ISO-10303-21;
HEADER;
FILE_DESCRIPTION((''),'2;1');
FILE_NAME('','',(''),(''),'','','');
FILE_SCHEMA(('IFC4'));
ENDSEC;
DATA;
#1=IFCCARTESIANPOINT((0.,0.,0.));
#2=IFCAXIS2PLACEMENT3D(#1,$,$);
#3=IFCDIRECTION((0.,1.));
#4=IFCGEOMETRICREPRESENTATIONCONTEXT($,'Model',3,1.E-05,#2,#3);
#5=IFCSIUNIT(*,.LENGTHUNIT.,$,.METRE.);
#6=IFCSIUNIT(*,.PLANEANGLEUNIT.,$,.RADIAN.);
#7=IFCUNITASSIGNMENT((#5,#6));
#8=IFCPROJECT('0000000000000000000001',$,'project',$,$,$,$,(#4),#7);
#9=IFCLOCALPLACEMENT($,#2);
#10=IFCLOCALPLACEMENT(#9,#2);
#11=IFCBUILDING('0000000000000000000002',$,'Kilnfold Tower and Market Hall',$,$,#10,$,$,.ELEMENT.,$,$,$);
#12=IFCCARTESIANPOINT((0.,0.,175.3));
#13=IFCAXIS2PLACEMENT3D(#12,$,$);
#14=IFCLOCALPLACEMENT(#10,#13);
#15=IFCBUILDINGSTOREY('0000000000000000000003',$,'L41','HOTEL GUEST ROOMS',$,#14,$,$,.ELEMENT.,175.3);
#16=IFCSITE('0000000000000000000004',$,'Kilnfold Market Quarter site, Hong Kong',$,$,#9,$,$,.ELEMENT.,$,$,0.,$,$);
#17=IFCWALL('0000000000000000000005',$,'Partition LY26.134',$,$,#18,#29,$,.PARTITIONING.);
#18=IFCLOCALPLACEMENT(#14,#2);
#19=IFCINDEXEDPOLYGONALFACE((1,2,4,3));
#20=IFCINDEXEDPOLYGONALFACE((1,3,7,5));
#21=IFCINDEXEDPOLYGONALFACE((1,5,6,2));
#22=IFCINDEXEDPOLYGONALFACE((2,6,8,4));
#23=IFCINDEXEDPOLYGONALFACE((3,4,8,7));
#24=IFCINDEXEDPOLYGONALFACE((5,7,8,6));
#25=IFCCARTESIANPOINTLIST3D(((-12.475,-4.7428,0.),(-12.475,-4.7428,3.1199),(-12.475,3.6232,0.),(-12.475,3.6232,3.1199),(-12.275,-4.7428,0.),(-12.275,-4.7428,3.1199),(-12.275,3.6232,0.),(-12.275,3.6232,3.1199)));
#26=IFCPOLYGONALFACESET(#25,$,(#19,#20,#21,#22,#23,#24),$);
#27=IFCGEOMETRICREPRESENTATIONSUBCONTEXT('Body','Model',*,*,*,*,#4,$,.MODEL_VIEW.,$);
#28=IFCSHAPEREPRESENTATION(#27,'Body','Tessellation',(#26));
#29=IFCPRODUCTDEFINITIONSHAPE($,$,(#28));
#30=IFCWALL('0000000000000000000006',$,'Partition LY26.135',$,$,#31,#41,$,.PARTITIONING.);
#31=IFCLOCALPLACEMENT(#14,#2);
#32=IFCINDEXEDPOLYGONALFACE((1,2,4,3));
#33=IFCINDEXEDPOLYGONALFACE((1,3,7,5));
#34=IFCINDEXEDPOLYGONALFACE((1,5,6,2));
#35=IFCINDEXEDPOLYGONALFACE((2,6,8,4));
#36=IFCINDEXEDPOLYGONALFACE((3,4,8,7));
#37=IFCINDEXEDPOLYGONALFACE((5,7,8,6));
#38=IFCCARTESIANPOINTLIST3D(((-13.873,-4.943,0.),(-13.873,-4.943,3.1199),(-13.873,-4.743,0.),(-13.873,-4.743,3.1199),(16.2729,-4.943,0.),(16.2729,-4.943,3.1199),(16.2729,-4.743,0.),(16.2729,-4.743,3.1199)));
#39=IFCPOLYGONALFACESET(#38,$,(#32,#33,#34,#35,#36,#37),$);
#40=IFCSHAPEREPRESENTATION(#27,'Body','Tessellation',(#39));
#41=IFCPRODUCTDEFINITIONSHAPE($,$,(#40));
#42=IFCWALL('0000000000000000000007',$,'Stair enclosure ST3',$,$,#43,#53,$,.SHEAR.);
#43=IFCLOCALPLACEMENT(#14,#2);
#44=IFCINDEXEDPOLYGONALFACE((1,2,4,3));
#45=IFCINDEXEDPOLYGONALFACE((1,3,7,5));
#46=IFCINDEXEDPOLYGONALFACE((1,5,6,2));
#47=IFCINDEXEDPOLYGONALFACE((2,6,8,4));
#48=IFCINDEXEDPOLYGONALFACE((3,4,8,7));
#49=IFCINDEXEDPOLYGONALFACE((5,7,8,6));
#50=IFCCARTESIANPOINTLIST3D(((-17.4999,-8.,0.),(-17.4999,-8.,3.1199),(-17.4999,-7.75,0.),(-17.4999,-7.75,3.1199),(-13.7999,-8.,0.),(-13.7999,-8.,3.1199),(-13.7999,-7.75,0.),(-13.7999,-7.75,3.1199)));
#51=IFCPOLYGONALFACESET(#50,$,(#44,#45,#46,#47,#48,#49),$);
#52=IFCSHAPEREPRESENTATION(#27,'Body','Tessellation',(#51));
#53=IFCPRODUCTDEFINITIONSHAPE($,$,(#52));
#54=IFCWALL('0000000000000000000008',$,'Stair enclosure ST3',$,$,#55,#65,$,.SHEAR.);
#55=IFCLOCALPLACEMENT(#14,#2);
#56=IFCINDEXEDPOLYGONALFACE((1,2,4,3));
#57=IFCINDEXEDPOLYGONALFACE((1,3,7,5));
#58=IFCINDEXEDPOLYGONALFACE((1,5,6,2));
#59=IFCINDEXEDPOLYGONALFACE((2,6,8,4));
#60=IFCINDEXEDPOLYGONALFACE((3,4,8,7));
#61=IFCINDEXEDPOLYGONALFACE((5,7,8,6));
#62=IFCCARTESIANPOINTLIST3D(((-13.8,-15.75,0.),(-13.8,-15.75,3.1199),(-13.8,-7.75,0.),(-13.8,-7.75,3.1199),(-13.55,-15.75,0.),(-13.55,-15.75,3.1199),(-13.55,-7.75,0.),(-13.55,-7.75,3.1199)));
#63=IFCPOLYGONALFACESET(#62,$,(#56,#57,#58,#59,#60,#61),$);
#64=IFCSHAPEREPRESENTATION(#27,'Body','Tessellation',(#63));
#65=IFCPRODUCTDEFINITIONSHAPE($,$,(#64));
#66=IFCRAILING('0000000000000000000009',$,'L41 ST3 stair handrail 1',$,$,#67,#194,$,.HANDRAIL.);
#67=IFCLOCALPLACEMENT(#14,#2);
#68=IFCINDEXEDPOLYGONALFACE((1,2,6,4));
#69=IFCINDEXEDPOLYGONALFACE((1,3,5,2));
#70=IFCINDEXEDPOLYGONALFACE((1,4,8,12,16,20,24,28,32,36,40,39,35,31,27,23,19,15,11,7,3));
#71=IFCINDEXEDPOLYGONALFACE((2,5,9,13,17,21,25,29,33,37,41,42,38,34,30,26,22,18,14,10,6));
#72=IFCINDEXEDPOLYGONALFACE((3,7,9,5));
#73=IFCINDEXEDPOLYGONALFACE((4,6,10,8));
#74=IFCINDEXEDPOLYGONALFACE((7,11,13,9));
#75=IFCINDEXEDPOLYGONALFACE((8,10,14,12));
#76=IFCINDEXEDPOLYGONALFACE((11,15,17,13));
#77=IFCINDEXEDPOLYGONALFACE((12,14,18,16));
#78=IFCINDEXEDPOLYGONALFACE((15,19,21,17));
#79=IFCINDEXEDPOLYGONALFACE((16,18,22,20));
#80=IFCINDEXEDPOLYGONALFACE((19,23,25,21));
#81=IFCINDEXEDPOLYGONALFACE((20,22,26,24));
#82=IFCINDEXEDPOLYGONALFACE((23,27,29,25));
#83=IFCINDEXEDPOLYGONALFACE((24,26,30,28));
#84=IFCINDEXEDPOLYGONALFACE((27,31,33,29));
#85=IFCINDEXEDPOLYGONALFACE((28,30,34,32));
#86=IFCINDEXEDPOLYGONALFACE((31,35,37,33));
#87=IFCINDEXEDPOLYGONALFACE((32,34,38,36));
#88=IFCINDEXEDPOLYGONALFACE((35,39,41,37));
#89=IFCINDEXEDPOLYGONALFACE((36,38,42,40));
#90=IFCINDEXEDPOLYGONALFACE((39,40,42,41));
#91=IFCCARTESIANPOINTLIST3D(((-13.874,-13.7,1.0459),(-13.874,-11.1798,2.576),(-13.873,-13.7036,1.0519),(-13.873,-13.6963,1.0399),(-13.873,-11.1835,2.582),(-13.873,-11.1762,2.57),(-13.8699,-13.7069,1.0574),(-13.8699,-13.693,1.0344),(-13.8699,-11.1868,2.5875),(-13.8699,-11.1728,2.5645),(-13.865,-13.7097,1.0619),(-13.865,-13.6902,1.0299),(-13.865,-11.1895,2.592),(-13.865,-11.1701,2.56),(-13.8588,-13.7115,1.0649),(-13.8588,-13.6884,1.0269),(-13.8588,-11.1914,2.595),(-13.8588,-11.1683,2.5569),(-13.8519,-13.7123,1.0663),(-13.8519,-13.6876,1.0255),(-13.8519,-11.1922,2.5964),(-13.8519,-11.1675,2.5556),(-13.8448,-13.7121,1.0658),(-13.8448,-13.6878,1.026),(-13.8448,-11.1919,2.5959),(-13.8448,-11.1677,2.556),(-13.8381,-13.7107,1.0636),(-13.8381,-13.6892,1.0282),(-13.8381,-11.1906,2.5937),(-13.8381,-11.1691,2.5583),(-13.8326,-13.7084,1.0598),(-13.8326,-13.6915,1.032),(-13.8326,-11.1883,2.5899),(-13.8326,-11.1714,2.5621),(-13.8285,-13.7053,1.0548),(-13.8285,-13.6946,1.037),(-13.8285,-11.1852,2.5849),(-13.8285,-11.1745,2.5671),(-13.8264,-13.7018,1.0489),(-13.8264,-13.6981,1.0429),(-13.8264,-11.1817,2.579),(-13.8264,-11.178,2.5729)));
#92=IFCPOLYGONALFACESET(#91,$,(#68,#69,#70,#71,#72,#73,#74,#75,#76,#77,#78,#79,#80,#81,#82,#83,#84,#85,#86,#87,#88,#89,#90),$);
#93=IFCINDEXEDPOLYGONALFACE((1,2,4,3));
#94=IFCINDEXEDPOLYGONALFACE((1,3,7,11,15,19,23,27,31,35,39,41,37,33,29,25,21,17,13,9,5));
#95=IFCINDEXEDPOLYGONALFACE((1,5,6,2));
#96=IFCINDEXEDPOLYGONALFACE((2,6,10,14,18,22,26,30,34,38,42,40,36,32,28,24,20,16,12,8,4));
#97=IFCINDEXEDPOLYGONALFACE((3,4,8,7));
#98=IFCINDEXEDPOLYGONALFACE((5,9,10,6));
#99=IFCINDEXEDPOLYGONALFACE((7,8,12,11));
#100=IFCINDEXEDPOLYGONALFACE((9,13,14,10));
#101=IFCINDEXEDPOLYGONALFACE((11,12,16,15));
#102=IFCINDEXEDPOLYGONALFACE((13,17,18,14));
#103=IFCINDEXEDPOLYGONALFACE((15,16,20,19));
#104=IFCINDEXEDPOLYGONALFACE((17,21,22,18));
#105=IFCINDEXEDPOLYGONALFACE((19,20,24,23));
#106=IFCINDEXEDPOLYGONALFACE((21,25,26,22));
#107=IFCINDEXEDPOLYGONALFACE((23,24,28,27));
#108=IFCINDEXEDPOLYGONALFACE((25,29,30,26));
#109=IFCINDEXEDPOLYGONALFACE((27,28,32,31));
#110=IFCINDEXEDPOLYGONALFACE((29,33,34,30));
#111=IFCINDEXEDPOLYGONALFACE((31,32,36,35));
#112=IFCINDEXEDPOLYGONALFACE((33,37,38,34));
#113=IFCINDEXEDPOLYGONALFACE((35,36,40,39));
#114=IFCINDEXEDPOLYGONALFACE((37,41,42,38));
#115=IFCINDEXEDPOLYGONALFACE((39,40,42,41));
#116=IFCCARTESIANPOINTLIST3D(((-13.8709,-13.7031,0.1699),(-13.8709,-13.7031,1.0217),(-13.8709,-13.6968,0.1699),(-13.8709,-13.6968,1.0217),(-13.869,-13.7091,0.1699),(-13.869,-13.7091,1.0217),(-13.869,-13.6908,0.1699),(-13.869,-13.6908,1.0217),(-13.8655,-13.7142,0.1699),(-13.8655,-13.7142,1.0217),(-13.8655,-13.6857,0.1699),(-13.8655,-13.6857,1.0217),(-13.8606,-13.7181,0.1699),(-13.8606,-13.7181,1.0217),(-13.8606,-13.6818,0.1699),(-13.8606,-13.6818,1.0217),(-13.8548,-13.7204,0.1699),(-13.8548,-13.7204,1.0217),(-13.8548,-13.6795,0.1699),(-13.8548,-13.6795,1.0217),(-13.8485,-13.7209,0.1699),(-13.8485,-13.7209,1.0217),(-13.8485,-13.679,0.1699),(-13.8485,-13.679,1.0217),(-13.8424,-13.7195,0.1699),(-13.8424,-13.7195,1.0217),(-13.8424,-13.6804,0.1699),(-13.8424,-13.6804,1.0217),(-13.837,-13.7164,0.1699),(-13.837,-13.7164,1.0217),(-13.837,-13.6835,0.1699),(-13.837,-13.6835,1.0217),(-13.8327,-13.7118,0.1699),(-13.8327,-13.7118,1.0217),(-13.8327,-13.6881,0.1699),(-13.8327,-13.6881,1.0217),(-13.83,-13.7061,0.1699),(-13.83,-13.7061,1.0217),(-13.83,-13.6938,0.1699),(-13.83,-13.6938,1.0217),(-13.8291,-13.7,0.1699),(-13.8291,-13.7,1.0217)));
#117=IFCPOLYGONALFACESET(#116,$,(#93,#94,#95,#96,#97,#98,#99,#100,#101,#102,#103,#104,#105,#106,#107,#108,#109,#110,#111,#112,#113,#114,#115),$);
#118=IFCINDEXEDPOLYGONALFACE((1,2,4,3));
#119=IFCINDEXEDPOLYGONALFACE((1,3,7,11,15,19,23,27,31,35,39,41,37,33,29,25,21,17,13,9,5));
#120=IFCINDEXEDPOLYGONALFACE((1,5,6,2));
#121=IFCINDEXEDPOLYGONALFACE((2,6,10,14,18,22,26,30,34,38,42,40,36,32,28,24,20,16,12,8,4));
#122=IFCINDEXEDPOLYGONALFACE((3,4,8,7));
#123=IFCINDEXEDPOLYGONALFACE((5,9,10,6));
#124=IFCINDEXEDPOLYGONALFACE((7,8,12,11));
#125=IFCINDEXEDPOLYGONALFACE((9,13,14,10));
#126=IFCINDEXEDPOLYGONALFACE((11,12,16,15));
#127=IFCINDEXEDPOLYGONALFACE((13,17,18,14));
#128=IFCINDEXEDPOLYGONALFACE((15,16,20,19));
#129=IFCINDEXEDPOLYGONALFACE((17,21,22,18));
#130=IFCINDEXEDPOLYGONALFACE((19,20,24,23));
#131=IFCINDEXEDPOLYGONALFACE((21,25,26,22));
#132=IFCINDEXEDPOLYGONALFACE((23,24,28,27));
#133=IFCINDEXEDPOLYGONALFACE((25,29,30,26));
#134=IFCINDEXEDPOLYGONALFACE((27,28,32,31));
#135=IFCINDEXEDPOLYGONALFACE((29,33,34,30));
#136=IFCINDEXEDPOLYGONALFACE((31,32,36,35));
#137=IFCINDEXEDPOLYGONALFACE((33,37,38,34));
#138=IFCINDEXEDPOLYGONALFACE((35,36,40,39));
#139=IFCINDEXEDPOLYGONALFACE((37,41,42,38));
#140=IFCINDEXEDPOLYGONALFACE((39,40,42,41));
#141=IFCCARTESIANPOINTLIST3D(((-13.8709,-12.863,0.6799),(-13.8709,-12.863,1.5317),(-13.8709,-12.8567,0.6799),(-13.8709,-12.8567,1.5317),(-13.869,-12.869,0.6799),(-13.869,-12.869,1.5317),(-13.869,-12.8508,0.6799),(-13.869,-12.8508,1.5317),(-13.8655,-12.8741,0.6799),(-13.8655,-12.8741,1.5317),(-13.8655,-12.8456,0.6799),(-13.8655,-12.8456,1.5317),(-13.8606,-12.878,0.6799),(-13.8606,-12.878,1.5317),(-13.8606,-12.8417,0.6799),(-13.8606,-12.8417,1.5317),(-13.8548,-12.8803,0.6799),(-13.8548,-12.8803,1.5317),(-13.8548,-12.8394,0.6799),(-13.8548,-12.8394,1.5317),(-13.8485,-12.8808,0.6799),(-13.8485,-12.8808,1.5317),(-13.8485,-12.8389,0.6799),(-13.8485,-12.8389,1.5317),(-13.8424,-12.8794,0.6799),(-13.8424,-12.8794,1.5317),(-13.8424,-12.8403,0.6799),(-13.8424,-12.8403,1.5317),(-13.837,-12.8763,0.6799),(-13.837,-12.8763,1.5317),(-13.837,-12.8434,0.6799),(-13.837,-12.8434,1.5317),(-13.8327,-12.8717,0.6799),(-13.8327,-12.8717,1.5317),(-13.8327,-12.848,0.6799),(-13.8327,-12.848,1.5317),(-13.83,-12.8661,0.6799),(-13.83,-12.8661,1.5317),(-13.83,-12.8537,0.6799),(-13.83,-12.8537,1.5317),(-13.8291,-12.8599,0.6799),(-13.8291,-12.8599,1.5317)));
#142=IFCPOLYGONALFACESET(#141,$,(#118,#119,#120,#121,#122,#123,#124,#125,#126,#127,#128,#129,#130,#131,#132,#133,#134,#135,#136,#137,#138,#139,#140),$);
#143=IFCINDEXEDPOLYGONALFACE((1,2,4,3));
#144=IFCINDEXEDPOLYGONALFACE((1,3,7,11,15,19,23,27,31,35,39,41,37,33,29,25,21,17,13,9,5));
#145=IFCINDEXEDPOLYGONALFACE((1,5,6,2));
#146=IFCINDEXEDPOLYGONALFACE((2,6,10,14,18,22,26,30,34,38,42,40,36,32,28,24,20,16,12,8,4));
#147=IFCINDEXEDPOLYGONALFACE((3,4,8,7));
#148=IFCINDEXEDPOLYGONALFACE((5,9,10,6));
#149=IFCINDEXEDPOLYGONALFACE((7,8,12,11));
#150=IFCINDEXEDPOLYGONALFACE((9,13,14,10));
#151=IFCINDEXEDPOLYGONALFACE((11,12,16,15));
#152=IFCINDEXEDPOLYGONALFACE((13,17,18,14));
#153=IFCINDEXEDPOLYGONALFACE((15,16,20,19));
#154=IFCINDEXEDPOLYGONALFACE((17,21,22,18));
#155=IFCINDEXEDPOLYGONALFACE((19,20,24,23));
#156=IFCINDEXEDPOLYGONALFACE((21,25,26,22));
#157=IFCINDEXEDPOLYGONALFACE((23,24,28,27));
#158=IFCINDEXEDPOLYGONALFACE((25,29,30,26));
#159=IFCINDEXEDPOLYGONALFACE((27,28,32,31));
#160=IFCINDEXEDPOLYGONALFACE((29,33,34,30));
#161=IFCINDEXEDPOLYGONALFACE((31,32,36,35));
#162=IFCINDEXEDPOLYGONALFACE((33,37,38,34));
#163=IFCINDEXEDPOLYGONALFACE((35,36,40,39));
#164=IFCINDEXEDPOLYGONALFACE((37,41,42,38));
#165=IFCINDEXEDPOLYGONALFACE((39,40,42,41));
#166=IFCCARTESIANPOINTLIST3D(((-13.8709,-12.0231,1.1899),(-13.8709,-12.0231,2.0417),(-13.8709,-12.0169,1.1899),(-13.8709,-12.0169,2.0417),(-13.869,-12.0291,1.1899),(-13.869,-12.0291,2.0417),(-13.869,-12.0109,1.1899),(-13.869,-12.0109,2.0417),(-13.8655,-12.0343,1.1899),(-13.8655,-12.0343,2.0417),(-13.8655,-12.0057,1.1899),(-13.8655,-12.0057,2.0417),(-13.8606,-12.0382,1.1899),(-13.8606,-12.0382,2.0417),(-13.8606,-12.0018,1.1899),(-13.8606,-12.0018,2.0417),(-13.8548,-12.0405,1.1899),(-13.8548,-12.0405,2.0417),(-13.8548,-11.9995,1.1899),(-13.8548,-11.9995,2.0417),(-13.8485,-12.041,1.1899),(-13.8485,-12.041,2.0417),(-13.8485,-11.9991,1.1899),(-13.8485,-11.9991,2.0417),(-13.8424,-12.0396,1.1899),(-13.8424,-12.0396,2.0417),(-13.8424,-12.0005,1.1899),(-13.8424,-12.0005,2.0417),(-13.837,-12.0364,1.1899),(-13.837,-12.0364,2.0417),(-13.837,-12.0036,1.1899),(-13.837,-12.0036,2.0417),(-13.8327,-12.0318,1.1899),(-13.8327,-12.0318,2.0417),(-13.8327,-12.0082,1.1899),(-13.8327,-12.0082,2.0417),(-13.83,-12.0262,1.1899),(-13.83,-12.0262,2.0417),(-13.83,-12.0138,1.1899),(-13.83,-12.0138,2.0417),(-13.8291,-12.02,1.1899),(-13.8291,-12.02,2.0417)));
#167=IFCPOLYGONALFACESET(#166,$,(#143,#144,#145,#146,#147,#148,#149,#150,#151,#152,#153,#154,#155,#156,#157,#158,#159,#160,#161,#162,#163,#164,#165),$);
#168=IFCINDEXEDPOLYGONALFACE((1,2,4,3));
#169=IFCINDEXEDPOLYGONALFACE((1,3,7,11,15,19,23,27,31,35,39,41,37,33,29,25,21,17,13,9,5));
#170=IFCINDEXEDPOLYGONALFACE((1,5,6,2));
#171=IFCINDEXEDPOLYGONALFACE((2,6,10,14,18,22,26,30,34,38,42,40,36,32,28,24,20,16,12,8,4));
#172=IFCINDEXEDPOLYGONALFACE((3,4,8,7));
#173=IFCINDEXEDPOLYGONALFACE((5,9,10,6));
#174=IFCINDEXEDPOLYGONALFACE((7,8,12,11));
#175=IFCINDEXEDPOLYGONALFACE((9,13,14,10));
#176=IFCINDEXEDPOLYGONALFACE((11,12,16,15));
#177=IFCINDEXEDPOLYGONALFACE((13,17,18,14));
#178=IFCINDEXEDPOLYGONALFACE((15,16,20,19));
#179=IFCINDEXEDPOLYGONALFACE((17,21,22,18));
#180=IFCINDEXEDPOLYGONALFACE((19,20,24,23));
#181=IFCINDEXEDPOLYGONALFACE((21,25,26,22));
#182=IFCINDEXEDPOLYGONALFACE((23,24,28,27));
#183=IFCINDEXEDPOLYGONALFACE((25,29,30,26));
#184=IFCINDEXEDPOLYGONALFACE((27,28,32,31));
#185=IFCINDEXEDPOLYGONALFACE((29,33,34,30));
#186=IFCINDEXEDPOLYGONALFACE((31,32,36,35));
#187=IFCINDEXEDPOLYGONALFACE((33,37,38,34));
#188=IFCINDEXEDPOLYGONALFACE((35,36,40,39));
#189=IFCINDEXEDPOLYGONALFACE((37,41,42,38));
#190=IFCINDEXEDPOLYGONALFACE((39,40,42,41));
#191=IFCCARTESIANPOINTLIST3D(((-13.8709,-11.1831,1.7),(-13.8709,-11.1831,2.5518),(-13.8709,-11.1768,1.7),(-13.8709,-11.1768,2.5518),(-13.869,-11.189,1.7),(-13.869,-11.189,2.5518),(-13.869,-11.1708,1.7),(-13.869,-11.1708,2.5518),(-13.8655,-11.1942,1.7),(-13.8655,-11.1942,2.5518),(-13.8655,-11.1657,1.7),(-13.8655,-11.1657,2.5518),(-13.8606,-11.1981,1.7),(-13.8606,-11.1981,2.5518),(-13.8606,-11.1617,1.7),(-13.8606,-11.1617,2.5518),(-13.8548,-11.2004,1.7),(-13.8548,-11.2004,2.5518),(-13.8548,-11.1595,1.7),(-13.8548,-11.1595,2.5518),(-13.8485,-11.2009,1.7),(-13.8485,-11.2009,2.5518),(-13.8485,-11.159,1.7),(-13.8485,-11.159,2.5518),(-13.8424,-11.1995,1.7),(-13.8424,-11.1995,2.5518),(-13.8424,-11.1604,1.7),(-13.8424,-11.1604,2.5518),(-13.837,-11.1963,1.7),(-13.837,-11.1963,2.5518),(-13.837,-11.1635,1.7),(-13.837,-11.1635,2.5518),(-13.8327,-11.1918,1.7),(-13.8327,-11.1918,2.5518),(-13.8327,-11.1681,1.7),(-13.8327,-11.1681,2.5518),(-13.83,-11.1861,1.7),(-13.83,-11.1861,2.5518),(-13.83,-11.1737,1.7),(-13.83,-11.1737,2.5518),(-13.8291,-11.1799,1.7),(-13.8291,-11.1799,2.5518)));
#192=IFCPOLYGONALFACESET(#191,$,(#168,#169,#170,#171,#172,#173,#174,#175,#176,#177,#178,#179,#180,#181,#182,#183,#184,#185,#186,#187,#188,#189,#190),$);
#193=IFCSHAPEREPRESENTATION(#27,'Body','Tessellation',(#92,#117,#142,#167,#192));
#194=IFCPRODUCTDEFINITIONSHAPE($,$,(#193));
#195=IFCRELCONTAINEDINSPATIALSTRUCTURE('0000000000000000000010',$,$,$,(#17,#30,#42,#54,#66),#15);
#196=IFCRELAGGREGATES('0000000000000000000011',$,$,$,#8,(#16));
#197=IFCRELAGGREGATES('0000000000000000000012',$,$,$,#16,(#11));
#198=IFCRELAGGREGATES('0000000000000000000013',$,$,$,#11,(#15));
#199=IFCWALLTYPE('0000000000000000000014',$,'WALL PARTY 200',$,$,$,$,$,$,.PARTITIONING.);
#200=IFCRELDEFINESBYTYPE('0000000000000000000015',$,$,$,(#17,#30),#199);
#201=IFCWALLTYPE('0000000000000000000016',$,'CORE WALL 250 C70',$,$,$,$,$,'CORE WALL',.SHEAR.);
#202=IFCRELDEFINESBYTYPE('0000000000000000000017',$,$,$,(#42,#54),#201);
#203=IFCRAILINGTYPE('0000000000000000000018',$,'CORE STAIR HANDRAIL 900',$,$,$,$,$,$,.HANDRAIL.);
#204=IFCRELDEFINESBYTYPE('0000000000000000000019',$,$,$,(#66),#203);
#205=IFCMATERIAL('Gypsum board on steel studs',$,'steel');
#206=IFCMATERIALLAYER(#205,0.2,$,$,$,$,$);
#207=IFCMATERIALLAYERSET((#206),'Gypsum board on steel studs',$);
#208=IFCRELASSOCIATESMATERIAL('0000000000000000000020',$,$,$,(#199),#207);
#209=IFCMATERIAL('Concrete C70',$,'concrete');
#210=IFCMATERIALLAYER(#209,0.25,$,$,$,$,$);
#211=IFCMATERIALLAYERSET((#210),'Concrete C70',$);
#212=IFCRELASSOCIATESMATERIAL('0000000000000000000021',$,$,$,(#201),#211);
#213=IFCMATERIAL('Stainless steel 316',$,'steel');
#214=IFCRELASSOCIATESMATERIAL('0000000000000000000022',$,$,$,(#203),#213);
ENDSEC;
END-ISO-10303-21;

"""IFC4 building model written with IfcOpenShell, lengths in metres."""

from ifc_helpers import new_model, si_unit, direction, frame, frame_2d, origin, origin_2d, place, context, subcontext, project, spatial, rectangle, circle, extrude, source, transform, mapped, material, layer, layer_set, type_object, element, save


model = new_model("IFC4")

# Units and contexts
model_context = context("Model", 3, precision=1e-05, world=origin(), true_north=direction((0.0, 1.0)))
body_context = subcontext(model_context, "Body", "Model", "MODEL_VIEW")
ifc_project = project(units=[si_unit("LENGTHUNIT", "METRE"), si_unit("PLANEANGLEUNIT", "RADIAN")], contexts=[model_context])

# Site, building, storey
site_placement = place(None, origin())
site = spatial("IfcSite", under=ifc_project, at=site_placement, Name="Kilnfold Market Quarter site, Hong Kong", CompositionType="ELEMENT", RefElevation=0.0)
building_placement = place(site_placement, origin())
building = spatial("IfcBuilding", under=site, at=building_placement, Name="Kilnfold Tower and Market Hall", CompositionType="ELEMENT")
storey_placement = place(building_placement, frame((0.0, 0.0, 175.3)))
storey = spatial("IfcBuildingStorey", under=building, at=storey_placement, Name="L41", Description="HOTEL GUEST ROOMS", CompositionType="ELEMENT", Elevation=175.3)

# Walls
ifc_material_1 = material(Name="Gypsum board on steel studs", Category="steel")
ifc_layer_1 = layer(ifc_material_1, 0.2)
ifc_layer_set_1 = layer_set([ifc_layer_1], Name="Gypsum board on steel studs")
wall_type_1 = type_object("IfcWallType", Name="WALL PARTY 200", PredefinedType="PARTITIONING", material=ifc_layer_set_1)
wall_1_placement = place(storey_placement, frame((-12.375, -4.7429, 0.0), z_axis=(0.0, 0.0, 1.0), x_axis=(0.0, 1.0, 0.0)))
element("IfcWall", 1, at=wall_1_placement, inside=storey, type_object=wall_type_1, Name="Partition LY26.134", PredefinedType="PARTITIONING", context=body_context, shape_type="SweptSolid", body=[
    extrude(rectangle(XDim=8.366, YDim=0.2, at=frame_2d((4.1831, 0.0))), origin(), (0.0, 0.0, 1.0), 3.1199),
])
wall_2_placement = place(storey_placement, frame((-13.873, -4.843, 0.0), z_axis=(0.0, 0.0, 1.0), x_axis=(1.0, 0.0, 0.0)))
element("IfcWall", 2, at=wall_2_placement, inside=storey, type_object=wall_type_1, Name="Partition LY26.135", PredefinedType="PARTITIONING", context=body_context, shape_type="SweptSolid", body=[
    extrude(rectangle(XDim=30.146, YDim=0.2, at=frame_2d((15.073, 0.0))), origin(), (0.0, 0.0, 1.0), 3.1199),
])
ifc_material_2 = material(Name="Concrete C70", Category="concrete")
ifc_layer_2 = layer(ifc_material_2, 0.25)
ifc_layer_set_2 = layer_set([ifc_layer_2], Name="Concrete C70")
wall_type_2 = type_object("IfcWallType", Name="CORE WALL 250 C70", ElementType="CORE WALL", PredefinedType="SHEAR", material=ifc_layer_set_2)
shared_shape_1 = source(origin(), body_context, "Body", "SweptSolid", [
    extrude(rectangle(XDim=3.7, YDim=0.25, at=frame_2d((1.8501, 0.0))), origin(), (0.0, 0.0, 1.0), 3.1199),
])
wall_3_placement = place(storey_placement, frame((-17.5, -7.875, 0.0), z_axis=(0.0, 0.0, 1.0), x_axis=(1.0, 0.0, 0.0)))
element("IfcWall", 3, at=wall_3_placement, inside=storey, type_object=wall_type_2, Name="Stair enclosure ST3", PredefinedType="SHEAR", context=body_context, shape_type="MappedRepresentation", body=[
    mapped(shared_shape_1, transform((0.0, 0.0, 0.0))),
])
shared_shape_2 = source(origin(), body_context, "Body", "SweptSolid", [
    extrude(rectangle(XDim=8.0, YDim=0.25, at=frame_2d((4.0, 0.0))), origin(), (0.0, 0.0, 1.0), 3.1199),
])
wall_4_placement = place(storey_placement, frame((-13.675, -15.75, 0.0), z_axis=(0.0, 0.0, 1.0), x_axis=(0.0, 1.0, 0.0)))
element("IfcWall", 4, at=wall_4_placement, inside=storey, type_object=wall_type_2, Name="Stair enclosure ST3", PredefinedType="SHEAR", context=body_context, shape_type="MappedRepresentation", body=[
    mapped(shared_shape_2, transform((0.0, 0.0, 0.0))),
])

# Railing
ifc_material_3 = material(Name="Stainless steel 316", Category="steel")
railing_type_1 = type_object("IfcRailingType", Name="CORE STAIR HANDRAIL 900", PredefinedType="HANDRAIL", material=ifc_material_3)
railing_1_placement = place(storey_placement, frame((-13.8501, -13.7, 0.1699)))
element("IfcRailing", 5, at=railing_1_placement, inside=storey, type_object=railing_type_1, Name="L41 ST3 stair handrail 1", PredefinedType="HANDRAIL", context=body_context, shape_type="SweptSolid", body=[
    extrude(circle(Radius=0.0239, at=origin_2d()), frame((0.0, 0.0, 0.876), z_axis=(0.0, 0.854785, 0.518982), x_axis=(-1.0, 0.0, 0.0)), (0.0, 0.0, 1.0), 2.9482),
    extrude(circle(Radius=0.021, at=origin_2d()), origin(), (0.0, 0.0, 1.0), 0.8518),
    extrude(circle(Radius=0.021, at=origin_2d()), frame((0.0, 0.8401, 0.51)), (0.0, 0.0, 1.0), 0.8518),
    extrude(circle(Radius=0.021, at=origin_2d()), frame((0.0, 1.6799, 1.02)), (0.0, 0.0, 1.0), 0.8518),
    extrude(circle(Radius=0.021, at=origin_2d()), frame((0.0, 2.52, 1.53)), (0.0, 0.0, 1.0), 0.8518),
])

save(model, "model.ifc")
